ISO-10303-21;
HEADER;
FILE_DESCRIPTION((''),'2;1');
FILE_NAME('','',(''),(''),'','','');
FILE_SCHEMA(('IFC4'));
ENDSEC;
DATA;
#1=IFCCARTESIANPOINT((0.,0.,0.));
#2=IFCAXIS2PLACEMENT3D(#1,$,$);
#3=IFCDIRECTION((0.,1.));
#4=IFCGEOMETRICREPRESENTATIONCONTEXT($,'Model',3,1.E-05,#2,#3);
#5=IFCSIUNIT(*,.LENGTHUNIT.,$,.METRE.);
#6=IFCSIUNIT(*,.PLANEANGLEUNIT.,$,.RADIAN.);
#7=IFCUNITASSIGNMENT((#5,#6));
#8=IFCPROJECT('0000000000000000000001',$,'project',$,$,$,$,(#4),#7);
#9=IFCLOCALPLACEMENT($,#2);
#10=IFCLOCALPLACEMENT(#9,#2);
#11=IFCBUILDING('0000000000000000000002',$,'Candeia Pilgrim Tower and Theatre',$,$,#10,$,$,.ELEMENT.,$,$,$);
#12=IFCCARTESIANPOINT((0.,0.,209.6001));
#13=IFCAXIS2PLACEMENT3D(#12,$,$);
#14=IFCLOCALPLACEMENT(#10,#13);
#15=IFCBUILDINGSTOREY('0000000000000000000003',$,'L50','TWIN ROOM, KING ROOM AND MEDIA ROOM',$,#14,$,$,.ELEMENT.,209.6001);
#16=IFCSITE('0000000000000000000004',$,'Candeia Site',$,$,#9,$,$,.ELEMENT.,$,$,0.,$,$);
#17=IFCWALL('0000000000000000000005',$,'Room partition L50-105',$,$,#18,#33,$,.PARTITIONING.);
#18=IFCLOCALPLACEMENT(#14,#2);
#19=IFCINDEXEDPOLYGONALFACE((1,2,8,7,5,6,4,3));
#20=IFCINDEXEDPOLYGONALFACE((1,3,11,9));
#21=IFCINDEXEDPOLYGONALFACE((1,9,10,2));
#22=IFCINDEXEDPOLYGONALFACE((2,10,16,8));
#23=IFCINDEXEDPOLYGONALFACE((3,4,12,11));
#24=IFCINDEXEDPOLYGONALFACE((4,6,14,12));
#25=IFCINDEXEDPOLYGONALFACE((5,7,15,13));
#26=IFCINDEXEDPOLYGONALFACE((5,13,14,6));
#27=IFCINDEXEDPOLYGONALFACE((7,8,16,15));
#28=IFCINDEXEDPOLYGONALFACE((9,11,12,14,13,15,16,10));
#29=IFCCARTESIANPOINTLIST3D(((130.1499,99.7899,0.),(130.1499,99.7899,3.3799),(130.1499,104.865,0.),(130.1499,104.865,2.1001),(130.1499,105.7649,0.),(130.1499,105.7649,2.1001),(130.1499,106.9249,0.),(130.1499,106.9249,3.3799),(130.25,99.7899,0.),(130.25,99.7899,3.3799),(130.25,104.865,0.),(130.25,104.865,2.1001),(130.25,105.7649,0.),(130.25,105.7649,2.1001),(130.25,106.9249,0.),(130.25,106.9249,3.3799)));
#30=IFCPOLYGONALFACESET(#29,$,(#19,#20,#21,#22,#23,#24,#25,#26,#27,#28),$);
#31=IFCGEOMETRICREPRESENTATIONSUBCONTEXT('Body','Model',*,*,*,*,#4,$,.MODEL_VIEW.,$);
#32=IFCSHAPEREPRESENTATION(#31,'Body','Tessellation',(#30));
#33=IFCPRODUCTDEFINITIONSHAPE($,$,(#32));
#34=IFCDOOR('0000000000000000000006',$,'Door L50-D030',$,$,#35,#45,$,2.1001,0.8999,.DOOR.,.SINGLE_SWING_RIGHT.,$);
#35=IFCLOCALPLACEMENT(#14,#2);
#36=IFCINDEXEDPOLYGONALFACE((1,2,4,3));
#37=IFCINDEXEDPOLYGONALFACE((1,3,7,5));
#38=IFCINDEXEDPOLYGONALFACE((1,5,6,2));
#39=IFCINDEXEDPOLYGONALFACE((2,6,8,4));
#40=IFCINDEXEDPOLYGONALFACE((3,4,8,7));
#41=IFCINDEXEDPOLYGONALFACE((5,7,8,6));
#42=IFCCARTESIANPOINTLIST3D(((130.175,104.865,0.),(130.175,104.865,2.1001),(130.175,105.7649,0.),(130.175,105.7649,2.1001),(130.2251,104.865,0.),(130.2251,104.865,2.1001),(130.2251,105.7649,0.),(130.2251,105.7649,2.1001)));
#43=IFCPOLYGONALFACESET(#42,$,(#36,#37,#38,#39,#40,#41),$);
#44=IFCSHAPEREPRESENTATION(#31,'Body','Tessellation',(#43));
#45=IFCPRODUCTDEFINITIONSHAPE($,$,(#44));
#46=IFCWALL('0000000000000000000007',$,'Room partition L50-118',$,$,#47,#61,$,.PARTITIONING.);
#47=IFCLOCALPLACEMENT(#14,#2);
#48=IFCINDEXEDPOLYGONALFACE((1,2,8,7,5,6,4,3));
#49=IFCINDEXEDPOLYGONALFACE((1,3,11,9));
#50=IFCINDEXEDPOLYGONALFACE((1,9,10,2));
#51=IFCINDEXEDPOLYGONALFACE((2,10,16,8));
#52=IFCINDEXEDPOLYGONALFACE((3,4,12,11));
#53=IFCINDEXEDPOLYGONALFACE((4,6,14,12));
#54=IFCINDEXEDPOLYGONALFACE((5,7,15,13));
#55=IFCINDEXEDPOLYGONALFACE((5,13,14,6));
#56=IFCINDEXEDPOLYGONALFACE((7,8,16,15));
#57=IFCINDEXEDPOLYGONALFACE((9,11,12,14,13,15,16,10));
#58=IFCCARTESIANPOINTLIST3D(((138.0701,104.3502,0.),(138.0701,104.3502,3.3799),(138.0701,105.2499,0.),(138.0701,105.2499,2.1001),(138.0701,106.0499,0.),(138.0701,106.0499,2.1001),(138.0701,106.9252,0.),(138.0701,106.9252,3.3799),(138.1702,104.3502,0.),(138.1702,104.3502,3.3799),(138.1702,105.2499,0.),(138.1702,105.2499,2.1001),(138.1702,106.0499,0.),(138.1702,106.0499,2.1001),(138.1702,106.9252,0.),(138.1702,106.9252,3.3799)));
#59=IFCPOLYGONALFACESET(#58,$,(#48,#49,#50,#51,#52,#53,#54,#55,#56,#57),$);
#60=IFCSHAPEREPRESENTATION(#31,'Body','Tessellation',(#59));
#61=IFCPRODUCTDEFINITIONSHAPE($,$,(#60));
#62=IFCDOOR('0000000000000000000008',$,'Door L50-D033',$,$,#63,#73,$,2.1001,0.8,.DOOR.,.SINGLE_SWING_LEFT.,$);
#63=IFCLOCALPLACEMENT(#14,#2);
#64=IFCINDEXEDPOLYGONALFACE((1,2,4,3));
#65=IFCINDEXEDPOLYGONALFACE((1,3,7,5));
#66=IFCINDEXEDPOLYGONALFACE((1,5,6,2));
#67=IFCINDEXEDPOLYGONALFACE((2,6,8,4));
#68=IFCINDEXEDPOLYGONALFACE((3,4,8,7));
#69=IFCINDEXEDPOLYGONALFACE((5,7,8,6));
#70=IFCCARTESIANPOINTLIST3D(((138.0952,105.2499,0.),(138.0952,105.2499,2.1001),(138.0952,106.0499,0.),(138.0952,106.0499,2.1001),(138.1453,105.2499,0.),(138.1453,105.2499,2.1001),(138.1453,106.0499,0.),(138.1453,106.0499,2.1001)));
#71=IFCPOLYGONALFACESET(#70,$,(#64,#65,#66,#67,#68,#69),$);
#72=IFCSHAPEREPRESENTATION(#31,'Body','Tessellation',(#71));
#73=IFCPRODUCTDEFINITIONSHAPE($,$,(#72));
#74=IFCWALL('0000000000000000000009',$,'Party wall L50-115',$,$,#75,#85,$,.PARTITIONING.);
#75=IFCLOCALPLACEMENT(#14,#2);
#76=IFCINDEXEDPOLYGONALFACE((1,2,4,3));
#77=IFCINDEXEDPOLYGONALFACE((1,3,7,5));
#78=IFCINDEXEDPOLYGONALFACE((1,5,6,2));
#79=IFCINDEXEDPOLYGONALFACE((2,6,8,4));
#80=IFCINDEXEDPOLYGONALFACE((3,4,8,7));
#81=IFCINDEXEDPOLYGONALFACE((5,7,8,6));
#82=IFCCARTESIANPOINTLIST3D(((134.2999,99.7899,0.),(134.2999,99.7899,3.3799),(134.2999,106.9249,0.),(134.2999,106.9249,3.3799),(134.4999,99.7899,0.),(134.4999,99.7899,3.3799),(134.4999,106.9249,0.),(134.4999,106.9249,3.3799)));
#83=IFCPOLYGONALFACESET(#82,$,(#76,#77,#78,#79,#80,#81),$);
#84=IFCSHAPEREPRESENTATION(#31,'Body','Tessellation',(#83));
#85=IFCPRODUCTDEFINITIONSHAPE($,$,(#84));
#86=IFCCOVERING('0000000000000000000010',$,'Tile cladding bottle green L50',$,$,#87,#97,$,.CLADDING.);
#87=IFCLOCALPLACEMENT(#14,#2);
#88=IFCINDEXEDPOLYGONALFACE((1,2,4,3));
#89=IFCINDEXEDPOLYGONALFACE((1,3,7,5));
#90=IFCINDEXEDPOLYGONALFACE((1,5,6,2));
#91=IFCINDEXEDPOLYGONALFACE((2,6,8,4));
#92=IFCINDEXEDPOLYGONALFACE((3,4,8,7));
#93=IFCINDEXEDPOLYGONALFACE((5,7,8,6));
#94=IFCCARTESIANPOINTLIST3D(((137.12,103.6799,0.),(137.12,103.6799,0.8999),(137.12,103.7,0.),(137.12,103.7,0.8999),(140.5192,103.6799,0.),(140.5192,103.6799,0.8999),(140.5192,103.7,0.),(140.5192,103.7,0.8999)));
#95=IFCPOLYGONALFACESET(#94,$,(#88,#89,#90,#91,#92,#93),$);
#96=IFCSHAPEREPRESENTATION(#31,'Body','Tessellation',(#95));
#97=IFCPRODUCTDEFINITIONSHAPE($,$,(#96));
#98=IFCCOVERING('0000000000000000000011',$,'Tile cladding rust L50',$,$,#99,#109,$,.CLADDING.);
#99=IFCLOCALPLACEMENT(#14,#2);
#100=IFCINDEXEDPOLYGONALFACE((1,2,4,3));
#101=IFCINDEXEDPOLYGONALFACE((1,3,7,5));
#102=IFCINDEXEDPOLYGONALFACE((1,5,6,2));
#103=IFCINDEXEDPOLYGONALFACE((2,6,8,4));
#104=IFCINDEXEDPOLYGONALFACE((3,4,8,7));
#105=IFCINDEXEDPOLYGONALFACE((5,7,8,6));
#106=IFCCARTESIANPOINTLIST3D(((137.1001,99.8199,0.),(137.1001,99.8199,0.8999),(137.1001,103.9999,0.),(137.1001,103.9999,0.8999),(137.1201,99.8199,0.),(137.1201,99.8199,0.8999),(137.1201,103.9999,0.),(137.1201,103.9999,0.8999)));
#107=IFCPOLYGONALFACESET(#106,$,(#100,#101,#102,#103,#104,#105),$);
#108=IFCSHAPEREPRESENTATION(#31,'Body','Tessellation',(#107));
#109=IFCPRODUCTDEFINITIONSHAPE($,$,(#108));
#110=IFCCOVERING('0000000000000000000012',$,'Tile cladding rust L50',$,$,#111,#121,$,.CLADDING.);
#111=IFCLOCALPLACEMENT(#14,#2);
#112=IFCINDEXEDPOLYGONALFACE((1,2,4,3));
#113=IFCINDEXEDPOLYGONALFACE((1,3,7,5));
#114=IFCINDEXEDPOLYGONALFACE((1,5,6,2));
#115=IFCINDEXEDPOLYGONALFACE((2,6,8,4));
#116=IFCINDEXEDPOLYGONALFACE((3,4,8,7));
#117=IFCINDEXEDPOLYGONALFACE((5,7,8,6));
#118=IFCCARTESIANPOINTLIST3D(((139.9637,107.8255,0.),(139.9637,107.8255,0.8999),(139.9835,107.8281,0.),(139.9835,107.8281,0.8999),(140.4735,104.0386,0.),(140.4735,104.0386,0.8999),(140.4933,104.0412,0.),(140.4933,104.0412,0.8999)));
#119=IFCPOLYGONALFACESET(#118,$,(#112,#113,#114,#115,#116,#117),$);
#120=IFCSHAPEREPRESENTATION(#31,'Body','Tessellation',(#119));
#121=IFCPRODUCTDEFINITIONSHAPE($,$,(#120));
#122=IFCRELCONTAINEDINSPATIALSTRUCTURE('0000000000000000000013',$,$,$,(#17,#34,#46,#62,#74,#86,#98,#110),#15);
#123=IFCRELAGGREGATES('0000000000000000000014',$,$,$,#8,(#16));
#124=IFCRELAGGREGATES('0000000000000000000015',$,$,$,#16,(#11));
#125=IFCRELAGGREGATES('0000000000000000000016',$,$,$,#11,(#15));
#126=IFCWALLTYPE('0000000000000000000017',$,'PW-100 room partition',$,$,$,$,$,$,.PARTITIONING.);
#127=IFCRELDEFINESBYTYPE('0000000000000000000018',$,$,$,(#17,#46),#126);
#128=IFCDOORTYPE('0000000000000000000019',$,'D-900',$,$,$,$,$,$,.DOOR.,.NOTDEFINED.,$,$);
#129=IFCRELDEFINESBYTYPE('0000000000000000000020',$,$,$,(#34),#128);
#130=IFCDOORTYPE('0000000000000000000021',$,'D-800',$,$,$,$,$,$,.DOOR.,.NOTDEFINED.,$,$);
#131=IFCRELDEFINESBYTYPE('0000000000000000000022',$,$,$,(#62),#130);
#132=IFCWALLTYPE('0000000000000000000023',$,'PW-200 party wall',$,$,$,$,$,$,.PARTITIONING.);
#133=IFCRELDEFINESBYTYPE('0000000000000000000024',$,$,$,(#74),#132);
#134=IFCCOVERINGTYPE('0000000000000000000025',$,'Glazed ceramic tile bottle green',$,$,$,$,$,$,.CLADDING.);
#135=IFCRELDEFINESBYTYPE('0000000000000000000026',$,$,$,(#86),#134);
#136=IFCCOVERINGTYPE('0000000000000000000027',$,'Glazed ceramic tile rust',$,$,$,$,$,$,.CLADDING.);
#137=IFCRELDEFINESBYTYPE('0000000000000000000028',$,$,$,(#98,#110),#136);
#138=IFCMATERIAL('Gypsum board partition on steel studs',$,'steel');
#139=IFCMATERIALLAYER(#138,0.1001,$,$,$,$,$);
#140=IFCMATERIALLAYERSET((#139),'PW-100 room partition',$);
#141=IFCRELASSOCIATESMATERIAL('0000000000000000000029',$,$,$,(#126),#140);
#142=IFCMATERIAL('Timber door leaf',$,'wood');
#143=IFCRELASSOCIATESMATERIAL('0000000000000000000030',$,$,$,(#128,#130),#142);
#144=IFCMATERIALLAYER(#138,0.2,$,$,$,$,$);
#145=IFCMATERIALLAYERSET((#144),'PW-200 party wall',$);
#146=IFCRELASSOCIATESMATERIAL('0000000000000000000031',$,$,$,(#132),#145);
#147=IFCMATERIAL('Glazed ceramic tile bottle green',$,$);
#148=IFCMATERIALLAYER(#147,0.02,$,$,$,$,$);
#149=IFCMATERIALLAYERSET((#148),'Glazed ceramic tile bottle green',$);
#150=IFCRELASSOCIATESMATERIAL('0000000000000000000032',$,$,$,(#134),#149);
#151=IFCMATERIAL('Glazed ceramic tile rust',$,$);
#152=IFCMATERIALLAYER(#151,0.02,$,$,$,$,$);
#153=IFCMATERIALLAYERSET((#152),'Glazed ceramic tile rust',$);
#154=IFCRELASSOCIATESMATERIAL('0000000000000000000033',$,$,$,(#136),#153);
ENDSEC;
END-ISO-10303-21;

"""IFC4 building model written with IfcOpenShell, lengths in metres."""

from ifc_helpers import new_model, si_unit, direction, frame, frame_2d, origin, origin_2d, place, context, subcontext, project, spatial, rectangle, extrude, material, layer, layer_set, type_object, element, fill, save


model = new_model("IFC4")

# Units and contexts
model_context = context("Model", 3, precision=1e-05, world=origin(), true_north=direction((0.0, 1.0)))
body_context = subcontext(model_context, "Body", "Model", "MODEL_VIEW")
ifc_project = project(units=[si_unit("LENGTHUNIT", "METRE"), si_unit("PLANEANGLEUNIT", "RADIAN")], contexts=[model_context])

# Site, building, storey
site_placement = place(None, origin())
site = spatial("IfcSite", under=ifc_project, at=site_placement, Name="Candeia Site", CompositionType="ELEMENT", RefElevation=0.0)
building_placement = place(site_placement, origin())
building = spatial("IfcBuilding", under=site, at=building_placement, Name="Candeia Pilgrim Tower and Theatre", CompositionType="ELEMENT")
storey_placement = place(building_placement, frame((0.0, 0.0, 209.6001)))
storey = spatial("IfcBuildingStorey", under=building, at=storey_placement, Name="L50", Description="TWIN ROOM, KING ROOM AND MEDIA ROOM", CompositionType="ELEMENT", Elevation=209.6001)

# Shared definitions
ifc_material_1 = material(Name="Gypsum board partition on steel studs", Category="steel")
ifc_layer_1 = layer(ifc_material_1, 0.1001)
ifc_layer_set_1 = layer_set([ifc_layer_1], Name="PW-100 room partition")
wall_type_1 = type_object("IfcWallType", Name="PW-100 room partition", PredefinedType="PARTITIONING", material=ifc_layer_set_1)

# Walls, openings, doors
wall_1_placement = place(storey_placement, frame((130.2, 99.79, 0.0), z_axis=(0.0, 0.0, 1.0), x_axis=(0.0, 1.0, 0.0)))
wall_1 = element("IfcWall", 1, at=wall_1_placement, inside=storey, type_object=wall_type_1, Name="Room partition L50-105", PredefinedType="PARTITIONING", context=body_context, shape_type="SweptSolid", body=[
    extrude(rectangle(XDim=7.135, YDim=0.1001, at=frame_2d((3.5674, 0.0))), origin(), (0.0, 0.0, 1.0), 3.3799),
])
opening_1_placement = place(wall_1_placement, frame((5.075, 0.0, 0.0)))
opening_1 = element("IfcOpeningElement", 2, at=opening_1_placement, cuts=wall_1, PredefinedType="OPENING", context=body_context, shape_type="SweptSolid", body=[
    extrude(rectangle(XDim=0.8999, YDim=2.1001, at=frame_2d((0.45, 1.05))), frame((0.0, 0.0601, 0.0), z_axis=(0.0, -1.0, 0.0), x_axis=(1.0, 0.0, 0.0)), (0.0, 0.0, 1.0), 0.1201),
])
ifc_material_2 = material(Name="Timber door leaf", Category="wood")
door_type_1 = type_object("IfcDoorType", Name="D-900", OperationType="NOTDEFINED", PredefinedType="DOOR", material=ifc_material_2)
door_1_placement = place(opening_1_placement, origin())
door_1 = element("IfcDoor", 3, at=door_1_placement, inside=storey, type_object=door_type_1, Name="Door L50-D030", OperationType="SINGLE_SWING_RIGHT", OverallHeight=2.1001, OverallWidth=0.8999, PredefinedType="DOOR", context=body_context, shape_type="SweptSolid", body=[
    extrude(rectangle(XDim=0.8999, YDim=2.1001, at=frame_2d((0.45, 1.05))), frame((0.0, 0.0249, 0.0), z_axis=(0.0, -1.0, 0.0), x_axis=(1.0, 0.0, 0.0)), (0.0, 0.0, 1.0), 0.05),
])
fill(opening_1, door_1)
wall_2_placement = place(storey_placement, frame((138.1201, 104.3501, 0.0), z_axis=(0.0, 0.0, 1.0), x_axis=(0.0, 1.0, 0.0)))
wall_2 = element("IfcWall", 4, at=wall_2_placement, inside=storey, type_object=wall_type_1, Name="Room partition L50-118", PredefinedType="PARTITIONING", context=body_context, shape_type="SweptSolid", body=[
    extrude(rectangle(XDim=2.575, YDim=0.1001, at=frame_2d((1.2876, 0.0))), origin(), (0.0, 0.0, 1.0), 3.3799),
])
opening_2_placement = place(wall_2_placement, frame((0.8999, 0.0, 0.0)))
opening_2 = element("IfcOpeningElement", 5, at=opening_2_placement, cuts=wall_2, PredefinedType="OPENING", context=body_context, shape_type="SweptSolid", body=[
    extrude(rectangle(XDim=0.8, YDim=2.1001, at=frame_2d((0.3999, 1.05))), frame((0.0, 0.0601, 0.0), z_axis=(0.0, -1.0, 0.0), x_axis=(1.0, 0.0, 0.0)), (0.0, 0.0, 1.0), 0.1201),
])
door_type_2 = type_object("IfcDoorType", Name="D-800", OperationType="NOTDEFINED", PredefinedType="DOOR", material=ifc_material_2)
door_2_placement = place(opening_2_placement, origin())
door_2 = element("IfcDoor", 6, at=door_2_placement, inside=storey, type_object=door_type_2, Name="Door L50-D033", OperationType="SINGLE_SWING_LEFT", OverallHeight=2.1001, OverallWidth=0.8, PredefinedType="DOOR", context=body_context, shape_type="SweptSolid", body=[
    extrude(rectangle(XDim=0.8, YDim=2.1001, at=frame_2d((0.3999, 1.05))), frame((0.0, 0.0249, 0.0), z_axis=(0.0, -1.0, 0.0), x_axis=(1.0, 0.0, 0.0)), (0.0, 0.0, 1.0), 0.05),
])
fill(opening_2, door_2)

# Wall
ifc_layer_2 = layer(ifc_material_1, 0.2)
ifc_layer_set_2 = layer_set([ifc_layer_2], Name="PW-200 party wall")
wall_type_2 = type_object("IfcWallType", Name="PW-200 party wall", PredefinedType="PARTITIONING", material=ifc_layer_set_2)
wall_3_placement = place(storey_placement, frame((134.3999, 99.79, 0.0), z_axis=(0.0, 0.0, 1.0), x_axis=(0.0, 1.0, 0.0)))
element("IfcWall", 7, at=wall_3_placement, inside=storey, type_object=wall_type_2, Name="Party wall L50-115", PredefinedType="PARTITIONING", context=body_context, shape_type="SweptSolid", body=[
    extrude(rectangle(XDim=7.135, YDim=0.2, at=frame_2d((3.5674, 0.0))), origin(), (0.0, 0.0, 1.0), 3.3799),
])

# Coverings
ifc_material_3 = material(Name="Glazed ceramic tile bottle green")
ifc_layer_3 = layer(ifc_material_3, 0.02)
ifc_layer_set_3 = layer_set([ifc_layer_3], Name="Glazed ceramic tile bottle green")
covering_type_1 = type_object("IfcCoveringType", Name="Glazed ceramic tile bottle green", PredefinedType="CLADDING", material=ifc_layer_set_3)
covering_1_placement = place(storey_placement, frame((138.8196, 103.6899, 0.0), z_axis=(0.0, 0.0, 1.0), x_axis=(1.0, 0.0, 0.0)))
element("IfcCovering", 8, at=covering_1_placement, inside=storey, type_object=covering_type_1, Name="Tile cladding bottle green L50", PredefinedType="CLADDING", context=body_context, shape_type="SweptSolid", body=[
    extrude(rectangle(XDim=3.3992, YDim=0.02, at=origin_2d()), origin(), (0.0, 0.0, 1.0), 0.8999),
])
ifc_material_4 = material(Name="Glazed ceramic tile rust")
ifc_layer_4 = layer(ifc_material_4, 0.02)
ifc_layer_set_4 = layer_set([ifc_layer_4], Name="Glazed ceramic tile rust")
covering_type_2 = type_object("IfcCoveringType", Name="Glazed ceramic tile rust", PredefinedType="CLADDING", material=ifc_layer_set_4)
covering_2_placement = place(storey_placement, frame((137.1101, 101.9099, 0.0), z_axis=(0.0, 0.0, 1.0), x_axis=(0.0, 1.0, 0.0)))
element("IfcCovering", 9, at=covering_2_placement, inside=storey, type_object=covering_type_2, Name="Tile cladding rust L50", PredefinedType="CLADDING", context=body_context, shape_type="SweptSolid", body=[
    extrude(rectangle(XDim=4.1799, YDim=0.02, at=origin_2d()), origin(), (0.0, 0.0, 1.0), 0.8999),
])
covering_3_placement = place(storey_placement, frame((140.2285, 105.9333, 0.0), z_axis=(0.0, 0.0, 1.0), x_axis=(-0.133412, 0.991061, 0.0)))
element("IfcCovering", 10, at=covering_3_placement, inside=storey, type_object=covering_type_2, Name="Tile cladding rust L50", PredefinedType="CLADDING", context=body_context, shape_type="SweptSolid", body=[
    extrude(rectangle(XDim=3.821, YDim=0.02, at=origin_2d()), origin(), (0.0, 0.0, 1.0), 0.8999),
])

save(model, "model.ifc")
